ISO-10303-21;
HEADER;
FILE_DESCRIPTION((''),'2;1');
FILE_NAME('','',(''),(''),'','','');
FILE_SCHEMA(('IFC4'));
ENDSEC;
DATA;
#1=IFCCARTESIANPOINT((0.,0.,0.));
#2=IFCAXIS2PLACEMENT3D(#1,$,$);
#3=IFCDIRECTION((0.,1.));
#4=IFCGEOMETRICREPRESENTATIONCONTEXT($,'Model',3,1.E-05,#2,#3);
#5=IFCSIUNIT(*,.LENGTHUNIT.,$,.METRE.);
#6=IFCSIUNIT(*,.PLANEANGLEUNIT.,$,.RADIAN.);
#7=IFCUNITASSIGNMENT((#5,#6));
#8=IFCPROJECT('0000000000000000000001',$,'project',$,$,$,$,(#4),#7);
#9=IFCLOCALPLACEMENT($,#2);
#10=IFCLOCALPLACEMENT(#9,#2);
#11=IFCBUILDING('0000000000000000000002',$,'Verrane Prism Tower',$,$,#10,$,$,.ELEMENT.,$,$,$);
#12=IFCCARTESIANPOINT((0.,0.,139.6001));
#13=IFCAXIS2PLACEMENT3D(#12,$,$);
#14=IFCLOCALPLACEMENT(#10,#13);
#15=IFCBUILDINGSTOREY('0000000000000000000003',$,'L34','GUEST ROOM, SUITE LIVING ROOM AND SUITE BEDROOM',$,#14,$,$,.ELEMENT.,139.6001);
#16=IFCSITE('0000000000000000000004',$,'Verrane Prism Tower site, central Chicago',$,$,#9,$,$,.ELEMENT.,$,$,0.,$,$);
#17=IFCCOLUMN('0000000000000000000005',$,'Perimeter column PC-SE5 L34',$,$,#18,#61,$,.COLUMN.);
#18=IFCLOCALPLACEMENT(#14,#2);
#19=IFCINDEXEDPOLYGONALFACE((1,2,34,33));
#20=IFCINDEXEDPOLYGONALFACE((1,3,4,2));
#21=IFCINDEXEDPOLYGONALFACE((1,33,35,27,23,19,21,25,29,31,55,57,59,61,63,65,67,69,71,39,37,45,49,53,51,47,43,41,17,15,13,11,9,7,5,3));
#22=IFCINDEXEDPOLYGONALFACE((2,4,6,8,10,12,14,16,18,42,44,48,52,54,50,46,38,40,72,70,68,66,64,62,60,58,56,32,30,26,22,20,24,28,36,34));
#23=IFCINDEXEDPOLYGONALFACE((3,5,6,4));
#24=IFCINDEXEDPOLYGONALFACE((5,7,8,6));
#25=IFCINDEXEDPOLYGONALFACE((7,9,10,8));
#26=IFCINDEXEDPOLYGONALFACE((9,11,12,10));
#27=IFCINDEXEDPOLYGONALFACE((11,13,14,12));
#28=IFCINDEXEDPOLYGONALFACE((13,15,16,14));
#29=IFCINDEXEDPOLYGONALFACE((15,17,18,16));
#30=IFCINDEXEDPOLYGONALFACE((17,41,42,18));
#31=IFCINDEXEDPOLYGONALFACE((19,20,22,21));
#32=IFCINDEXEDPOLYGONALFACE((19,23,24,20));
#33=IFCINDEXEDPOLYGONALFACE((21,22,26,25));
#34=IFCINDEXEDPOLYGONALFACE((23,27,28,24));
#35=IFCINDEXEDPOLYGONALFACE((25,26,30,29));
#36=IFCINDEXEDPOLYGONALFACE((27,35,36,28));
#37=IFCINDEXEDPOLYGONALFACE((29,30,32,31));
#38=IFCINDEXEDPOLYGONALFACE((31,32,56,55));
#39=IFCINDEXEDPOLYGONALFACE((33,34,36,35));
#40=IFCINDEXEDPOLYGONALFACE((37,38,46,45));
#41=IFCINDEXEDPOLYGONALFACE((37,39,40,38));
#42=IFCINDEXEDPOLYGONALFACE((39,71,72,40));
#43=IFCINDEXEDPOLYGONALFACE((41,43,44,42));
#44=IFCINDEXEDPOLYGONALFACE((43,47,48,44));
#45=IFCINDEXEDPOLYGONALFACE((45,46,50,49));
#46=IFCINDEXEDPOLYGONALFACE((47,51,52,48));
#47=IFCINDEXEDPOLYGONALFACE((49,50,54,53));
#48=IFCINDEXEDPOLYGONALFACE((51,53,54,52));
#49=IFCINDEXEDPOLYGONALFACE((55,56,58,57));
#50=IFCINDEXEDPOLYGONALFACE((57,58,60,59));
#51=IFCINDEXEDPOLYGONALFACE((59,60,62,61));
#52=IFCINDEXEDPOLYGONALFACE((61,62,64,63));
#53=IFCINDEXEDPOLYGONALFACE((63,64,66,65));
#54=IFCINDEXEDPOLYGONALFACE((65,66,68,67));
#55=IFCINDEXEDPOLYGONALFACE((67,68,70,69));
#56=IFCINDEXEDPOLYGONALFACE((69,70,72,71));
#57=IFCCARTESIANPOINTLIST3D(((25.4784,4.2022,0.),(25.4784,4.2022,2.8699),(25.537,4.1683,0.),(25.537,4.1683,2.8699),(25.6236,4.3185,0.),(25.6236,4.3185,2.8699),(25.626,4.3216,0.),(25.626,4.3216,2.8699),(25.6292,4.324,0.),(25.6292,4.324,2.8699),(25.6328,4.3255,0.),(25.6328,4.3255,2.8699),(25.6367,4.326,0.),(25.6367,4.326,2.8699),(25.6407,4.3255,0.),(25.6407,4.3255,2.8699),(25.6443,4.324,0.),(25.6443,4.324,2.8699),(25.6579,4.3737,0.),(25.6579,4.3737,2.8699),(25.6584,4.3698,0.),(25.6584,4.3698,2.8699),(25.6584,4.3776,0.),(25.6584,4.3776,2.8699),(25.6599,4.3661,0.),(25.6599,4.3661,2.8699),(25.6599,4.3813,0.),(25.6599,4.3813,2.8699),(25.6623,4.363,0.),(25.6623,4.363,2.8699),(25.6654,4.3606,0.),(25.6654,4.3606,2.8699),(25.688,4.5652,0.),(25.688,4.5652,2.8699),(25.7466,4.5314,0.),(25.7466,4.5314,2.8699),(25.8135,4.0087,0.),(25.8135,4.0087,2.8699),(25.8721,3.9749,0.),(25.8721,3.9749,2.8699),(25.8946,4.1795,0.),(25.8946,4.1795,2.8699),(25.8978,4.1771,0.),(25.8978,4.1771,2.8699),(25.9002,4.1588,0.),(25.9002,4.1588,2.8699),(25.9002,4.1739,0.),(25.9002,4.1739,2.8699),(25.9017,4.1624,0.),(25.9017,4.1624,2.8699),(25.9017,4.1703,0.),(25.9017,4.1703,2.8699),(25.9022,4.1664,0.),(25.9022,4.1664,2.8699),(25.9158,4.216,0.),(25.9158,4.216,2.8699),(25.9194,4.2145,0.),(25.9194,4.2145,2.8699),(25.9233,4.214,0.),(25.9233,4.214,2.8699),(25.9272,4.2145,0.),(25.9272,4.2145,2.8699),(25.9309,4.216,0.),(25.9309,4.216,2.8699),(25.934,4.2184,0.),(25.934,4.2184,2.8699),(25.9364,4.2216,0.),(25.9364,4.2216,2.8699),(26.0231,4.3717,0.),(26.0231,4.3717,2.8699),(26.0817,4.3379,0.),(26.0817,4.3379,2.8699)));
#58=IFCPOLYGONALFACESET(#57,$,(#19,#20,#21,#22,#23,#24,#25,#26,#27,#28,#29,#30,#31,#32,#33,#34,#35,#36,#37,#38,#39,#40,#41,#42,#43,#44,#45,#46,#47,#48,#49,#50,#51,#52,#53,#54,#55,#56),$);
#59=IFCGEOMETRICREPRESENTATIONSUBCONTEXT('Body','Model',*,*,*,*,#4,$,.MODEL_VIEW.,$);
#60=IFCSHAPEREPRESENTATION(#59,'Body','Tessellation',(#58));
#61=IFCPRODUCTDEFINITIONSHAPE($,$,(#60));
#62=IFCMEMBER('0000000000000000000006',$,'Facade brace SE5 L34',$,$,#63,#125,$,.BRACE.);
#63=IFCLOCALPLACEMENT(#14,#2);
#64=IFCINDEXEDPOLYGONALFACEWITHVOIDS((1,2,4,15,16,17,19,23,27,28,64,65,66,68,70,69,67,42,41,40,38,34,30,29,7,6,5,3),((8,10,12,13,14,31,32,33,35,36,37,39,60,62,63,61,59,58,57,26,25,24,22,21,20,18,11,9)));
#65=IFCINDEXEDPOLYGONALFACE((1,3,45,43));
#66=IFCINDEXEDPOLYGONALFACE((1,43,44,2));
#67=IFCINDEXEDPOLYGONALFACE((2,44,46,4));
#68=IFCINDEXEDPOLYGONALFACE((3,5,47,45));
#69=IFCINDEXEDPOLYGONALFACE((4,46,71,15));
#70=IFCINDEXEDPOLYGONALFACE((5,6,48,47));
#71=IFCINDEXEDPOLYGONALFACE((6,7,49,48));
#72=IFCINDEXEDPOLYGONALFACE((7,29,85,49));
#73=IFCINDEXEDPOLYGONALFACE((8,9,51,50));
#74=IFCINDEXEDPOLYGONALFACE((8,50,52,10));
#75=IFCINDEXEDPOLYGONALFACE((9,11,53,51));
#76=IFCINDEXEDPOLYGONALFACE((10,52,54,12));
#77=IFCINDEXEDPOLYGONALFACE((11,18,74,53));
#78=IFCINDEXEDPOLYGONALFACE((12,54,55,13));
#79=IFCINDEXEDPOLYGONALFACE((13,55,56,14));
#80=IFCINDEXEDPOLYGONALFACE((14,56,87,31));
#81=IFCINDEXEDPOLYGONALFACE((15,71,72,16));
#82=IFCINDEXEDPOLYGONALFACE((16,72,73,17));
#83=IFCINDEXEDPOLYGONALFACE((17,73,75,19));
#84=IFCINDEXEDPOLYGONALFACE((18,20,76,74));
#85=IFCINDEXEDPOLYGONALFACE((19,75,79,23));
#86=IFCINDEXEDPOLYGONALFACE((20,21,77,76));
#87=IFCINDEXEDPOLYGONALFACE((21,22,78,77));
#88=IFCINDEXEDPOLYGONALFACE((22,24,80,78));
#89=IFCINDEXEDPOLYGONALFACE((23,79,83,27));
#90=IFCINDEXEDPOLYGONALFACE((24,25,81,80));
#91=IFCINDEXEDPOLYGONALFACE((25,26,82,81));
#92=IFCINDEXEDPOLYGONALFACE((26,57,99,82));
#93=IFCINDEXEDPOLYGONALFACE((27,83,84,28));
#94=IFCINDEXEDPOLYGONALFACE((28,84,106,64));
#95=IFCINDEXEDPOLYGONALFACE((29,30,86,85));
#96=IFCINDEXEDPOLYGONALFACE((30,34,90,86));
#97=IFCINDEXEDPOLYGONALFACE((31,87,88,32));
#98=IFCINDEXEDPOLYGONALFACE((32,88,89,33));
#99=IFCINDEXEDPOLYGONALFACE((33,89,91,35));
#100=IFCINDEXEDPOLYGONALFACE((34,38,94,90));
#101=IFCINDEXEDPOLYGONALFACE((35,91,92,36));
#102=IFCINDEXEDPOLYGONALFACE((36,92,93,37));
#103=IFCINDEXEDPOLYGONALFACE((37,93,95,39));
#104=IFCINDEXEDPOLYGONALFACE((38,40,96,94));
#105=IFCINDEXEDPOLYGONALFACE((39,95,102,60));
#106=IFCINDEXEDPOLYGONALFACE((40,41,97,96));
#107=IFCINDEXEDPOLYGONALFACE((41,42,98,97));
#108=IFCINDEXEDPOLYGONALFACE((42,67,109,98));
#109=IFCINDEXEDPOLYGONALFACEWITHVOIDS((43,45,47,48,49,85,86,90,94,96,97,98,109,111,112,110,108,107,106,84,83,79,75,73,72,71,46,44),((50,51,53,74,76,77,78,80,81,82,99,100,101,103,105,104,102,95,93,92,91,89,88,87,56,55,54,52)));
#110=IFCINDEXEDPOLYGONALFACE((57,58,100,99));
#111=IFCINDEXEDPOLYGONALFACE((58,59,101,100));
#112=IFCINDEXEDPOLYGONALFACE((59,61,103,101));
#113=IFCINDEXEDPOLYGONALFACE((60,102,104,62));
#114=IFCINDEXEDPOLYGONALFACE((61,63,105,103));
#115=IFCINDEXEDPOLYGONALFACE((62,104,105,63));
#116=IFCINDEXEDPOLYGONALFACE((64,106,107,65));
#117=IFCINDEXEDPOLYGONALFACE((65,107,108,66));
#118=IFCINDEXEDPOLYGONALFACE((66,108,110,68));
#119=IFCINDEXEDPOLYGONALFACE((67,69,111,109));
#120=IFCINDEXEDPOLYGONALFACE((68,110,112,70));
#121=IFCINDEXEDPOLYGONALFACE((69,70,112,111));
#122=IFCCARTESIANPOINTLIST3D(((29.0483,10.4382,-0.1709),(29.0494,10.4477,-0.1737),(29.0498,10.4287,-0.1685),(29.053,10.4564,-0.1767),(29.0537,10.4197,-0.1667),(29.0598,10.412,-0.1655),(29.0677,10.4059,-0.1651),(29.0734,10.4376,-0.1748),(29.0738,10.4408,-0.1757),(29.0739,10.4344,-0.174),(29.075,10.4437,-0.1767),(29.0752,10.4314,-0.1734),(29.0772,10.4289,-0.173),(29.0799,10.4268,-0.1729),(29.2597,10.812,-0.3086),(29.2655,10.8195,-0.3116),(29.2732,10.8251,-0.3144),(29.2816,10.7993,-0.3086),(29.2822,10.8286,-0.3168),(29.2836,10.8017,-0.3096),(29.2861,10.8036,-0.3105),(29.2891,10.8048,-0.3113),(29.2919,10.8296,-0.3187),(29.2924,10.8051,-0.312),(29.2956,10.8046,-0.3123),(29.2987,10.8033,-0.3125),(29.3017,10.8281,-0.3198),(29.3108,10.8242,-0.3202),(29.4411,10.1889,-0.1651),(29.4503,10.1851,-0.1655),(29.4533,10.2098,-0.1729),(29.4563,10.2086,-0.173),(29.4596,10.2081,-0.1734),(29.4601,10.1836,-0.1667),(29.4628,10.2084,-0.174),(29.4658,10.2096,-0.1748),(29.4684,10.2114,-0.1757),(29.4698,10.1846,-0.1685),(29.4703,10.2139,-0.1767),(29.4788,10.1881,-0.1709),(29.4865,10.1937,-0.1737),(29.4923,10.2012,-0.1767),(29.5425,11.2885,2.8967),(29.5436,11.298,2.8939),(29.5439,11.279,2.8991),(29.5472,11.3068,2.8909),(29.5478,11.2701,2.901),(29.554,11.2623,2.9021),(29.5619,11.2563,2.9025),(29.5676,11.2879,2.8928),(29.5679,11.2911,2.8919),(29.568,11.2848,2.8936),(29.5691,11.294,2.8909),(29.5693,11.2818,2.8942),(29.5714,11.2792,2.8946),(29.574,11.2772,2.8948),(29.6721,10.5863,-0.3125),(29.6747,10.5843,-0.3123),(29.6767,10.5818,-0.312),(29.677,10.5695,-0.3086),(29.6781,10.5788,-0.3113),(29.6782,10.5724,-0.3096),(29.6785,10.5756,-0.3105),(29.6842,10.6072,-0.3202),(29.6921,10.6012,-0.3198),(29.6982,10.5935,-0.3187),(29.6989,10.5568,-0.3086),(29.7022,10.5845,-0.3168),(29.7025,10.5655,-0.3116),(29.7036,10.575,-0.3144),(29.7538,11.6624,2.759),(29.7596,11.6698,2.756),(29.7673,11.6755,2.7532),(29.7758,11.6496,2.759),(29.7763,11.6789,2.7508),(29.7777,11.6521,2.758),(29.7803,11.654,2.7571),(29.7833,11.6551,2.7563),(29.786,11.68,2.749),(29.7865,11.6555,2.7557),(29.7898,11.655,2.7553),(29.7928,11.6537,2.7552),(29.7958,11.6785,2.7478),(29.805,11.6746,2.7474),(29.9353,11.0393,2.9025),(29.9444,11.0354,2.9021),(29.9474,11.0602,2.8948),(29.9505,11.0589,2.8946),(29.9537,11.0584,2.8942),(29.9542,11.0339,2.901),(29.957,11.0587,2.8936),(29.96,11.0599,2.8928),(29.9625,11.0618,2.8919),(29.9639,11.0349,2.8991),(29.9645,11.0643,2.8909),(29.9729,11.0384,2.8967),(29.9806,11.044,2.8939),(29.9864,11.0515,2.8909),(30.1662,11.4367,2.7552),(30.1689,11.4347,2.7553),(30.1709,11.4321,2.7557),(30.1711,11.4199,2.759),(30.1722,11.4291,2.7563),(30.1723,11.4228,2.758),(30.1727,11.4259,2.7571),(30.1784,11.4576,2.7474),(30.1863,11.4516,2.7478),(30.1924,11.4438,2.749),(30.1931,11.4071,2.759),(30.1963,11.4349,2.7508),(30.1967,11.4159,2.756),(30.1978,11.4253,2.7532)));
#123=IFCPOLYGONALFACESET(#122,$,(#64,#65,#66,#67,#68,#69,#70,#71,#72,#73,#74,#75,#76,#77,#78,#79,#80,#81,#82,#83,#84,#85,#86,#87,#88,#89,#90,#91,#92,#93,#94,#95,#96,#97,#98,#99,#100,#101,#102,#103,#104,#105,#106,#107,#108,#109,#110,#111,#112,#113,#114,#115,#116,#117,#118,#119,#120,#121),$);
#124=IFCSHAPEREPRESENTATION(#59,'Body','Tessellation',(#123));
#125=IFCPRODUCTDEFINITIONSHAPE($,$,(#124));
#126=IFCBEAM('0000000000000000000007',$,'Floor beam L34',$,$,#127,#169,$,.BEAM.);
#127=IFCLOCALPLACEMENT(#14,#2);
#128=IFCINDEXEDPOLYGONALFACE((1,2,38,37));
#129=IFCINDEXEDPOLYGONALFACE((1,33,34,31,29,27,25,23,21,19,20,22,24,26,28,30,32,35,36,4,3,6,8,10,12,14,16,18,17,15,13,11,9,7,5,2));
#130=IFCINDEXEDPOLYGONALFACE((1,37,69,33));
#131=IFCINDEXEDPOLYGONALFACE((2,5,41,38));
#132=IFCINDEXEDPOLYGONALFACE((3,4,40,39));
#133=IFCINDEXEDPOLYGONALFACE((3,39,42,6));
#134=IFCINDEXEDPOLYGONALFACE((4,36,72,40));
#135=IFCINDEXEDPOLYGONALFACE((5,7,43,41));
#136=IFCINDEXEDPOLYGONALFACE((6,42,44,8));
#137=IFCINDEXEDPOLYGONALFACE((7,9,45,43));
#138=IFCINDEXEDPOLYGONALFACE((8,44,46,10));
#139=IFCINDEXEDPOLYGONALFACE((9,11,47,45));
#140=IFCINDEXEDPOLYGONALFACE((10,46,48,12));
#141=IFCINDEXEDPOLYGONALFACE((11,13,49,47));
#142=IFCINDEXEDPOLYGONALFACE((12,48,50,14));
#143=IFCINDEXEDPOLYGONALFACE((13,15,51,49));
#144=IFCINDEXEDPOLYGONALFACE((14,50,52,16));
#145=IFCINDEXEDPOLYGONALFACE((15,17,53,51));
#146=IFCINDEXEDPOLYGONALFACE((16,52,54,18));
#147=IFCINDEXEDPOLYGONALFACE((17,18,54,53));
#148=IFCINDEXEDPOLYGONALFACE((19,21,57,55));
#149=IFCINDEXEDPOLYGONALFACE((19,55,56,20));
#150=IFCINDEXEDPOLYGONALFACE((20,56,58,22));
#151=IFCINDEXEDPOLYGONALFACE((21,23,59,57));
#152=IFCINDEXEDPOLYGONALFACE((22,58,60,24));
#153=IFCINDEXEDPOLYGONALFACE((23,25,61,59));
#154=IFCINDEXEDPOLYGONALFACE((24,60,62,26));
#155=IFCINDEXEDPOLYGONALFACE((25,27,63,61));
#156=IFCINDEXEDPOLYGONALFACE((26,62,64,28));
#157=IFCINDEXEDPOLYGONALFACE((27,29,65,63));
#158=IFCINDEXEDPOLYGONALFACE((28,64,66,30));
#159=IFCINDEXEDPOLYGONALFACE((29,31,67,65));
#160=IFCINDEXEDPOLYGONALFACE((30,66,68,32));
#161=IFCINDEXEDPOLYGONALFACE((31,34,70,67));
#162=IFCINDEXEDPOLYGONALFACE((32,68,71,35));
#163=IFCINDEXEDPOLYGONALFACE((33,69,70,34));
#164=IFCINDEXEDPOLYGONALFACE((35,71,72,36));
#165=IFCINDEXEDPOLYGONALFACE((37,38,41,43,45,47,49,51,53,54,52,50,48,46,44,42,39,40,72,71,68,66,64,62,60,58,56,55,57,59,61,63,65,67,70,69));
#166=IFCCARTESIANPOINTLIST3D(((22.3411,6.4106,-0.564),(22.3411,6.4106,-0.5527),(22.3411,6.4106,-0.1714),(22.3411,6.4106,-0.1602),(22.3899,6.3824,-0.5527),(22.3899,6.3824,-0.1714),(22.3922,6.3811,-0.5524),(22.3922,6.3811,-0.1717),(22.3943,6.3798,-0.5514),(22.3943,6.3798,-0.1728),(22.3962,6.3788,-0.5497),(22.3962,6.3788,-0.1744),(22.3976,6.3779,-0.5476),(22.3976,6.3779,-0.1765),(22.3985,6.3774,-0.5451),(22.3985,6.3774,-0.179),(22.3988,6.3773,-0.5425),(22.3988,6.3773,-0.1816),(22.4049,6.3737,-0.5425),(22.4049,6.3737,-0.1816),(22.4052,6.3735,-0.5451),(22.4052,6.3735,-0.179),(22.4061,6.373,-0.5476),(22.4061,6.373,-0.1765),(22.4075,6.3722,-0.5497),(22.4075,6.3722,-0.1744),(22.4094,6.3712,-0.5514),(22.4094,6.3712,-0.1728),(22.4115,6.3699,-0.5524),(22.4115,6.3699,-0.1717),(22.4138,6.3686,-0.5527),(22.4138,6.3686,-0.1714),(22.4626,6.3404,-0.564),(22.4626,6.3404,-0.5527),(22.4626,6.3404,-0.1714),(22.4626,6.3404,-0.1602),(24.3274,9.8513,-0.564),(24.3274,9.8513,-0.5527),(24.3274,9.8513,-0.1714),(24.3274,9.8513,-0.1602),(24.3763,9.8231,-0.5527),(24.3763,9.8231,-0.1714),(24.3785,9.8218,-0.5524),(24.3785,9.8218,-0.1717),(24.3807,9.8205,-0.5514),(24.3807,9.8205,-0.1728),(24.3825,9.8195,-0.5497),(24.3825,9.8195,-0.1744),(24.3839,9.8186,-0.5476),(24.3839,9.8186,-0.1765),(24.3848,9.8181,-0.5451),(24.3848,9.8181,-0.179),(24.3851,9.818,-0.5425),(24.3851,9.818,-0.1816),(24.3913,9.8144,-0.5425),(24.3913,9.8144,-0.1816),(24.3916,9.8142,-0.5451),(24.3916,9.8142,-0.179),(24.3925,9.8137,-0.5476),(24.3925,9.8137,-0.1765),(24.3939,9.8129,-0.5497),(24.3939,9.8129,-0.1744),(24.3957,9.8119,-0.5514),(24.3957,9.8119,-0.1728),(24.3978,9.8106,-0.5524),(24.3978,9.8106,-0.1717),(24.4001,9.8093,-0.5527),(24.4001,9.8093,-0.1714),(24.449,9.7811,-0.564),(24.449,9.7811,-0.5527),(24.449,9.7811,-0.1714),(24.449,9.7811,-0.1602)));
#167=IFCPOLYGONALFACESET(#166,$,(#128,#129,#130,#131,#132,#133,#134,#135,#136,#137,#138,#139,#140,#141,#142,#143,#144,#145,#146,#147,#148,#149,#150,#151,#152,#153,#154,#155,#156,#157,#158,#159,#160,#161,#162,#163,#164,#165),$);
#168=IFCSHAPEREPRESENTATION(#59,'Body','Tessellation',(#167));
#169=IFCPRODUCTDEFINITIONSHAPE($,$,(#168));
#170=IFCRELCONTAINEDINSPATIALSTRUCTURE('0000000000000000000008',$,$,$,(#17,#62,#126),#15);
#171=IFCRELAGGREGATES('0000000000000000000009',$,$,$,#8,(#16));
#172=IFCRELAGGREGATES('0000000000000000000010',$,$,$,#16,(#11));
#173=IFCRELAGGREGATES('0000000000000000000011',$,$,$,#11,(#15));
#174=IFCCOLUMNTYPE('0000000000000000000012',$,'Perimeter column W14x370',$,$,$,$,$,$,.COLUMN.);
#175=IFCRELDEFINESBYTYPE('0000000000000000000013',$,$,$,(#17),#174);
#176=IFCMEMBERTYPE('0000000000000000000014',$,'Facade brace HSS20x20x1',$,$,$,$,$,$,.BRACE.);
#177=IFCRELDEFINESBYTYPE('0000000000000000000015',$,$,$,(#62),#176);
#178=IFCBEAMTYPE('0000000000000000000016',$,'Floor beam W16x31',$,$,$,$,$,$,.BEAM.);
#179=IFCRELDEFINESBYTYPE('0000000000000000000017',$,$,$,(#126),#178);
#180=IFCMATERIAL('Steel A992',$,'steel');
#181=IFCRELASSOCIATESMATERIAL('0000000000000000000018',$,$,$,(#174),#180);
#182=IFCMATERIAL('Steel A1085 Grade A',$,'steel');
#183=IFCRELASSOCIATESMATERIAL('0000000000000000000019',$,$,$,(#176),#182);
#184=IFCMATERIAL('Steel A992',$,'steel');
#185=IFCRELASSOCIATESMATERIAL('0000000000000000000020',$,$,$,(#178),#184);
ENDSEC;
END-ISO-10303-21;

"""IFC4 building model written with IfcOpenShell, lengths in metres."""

from ifc_helpers import new_model, si_unit, direction, frame, origin, origin_2d, place, context, subcontext, project, spatial, hollow_rectangle, i_section, extrude, material, material_profile, profile_set, type_object, element, save


model = new_model("IFC4")

# Units and contexts
model_context = context("Model", 3, precision=1e-05, world=origin(), true_north=direction((0.0, 1.0)))
body_context = subcontext(model_context, "Body", "Model", "MODEL_VIEW")
ifc_project = project(units=[si_unit("LENGTHUNIT", "METRE"), si_unit("PLANEANGLEUNIT", "RADIAN")], contexts=[model_context])

# Site, building, storey
site_placement = place(None, origin())
site = spatial("IfcSite", under=ifc_project, at=site_placement, Name="Verrane Prism Tower site, central Chicago", CompositionType="ELEMENT", RefElevation=0.0)
building_placement = place(site_placement, origin())
building = spatial("IfcBuilding", under=site, at=building_placement, Name="Verrane Prism Tower", CompositionType="ELEMENT")
storey_placement = place(building_placement, frame((0.0, 0.0, 139.6001)))
storey = spatial("IfcBuildingStorey", under=building, at=storey_placement, Name="L34", Description="GUEST ROOM, SUITE LIVING ROOM AND SUITE BEDROOM", CompositionType="ELEMENT", Elevation=139.6001)

# Column
ifc_material_1 = material(Name="Steel A992", Category="steel")
ifc_material_profile_1 = material_profile(ifc_material_1, i_section(OverallWidth=0.4192, OverallDepth=0.4546, WebThickness=0.0422, FlangeThickness=0.0676, FilletRadius=0.0151, at=origin_2d()), Name="W14x370")
ifc_profile_set_1 = profile_set([ifc_material_profile_1], Name="Steel A992")
column_type = type_object("IfcColumnType", Name="Perimeter column W14x370", PredefinedType="COLUMN", material=ifc_profile_set_1)
column_placement = place(storey_placement, frame((25.78, 4.27, 0.0), z_axis=(0.0, 0.0, 1.0), x_axis=(-0.5, -0.866025, 0.0)))
element("IfcColumn", 1, at=column_placement, inside=storey, type_object=column_type, Name="Perimeter column PC-SE5 L34", PredefinedType="COLUMN", context=body_context, shape_type="SweptSolid", body=[
    extrude(i_section(OverallWidth=0.4192, OverallDepth=0.4546, WebThickness=0.0422, FlangeThickness=0.0676, FilletRadius=0.0151, at=origin_2d()), origin(), (0.0, 0.0, 1.0), 2.8699),
])

# Member
ifc_material_2 = material(Name="Steel A1085 Grade A", Category="steel")
ifc_material_profile_2 = material_profile(ifc_material_2, hollow_rectangle(XDim=0.5081, YDim=0.5081, WallThickness=0.0254, InnerFilletRadius=0.0127, OuterFilletRadius=0.0381, at=origin_2d()), Name="HSS20x20x1")
ifc_profile_set_2 = profile_set([ifc_material_profile_2], Name="Steel A1085 Grade A")
member_type_1 = type_object("IfcMemberType", Name="Facade brace HSS20x20x1", PredefinedType="BRACE", material=ifc_profile_set_2)
member_1_placement = place(storey_placement, frame((29.376, 10.5066, -0.2427), z_axis=(0.153392, 0.263964, 0.952257), x_axis=(-0.864615, 0.502435, 0.0)))
element("IfcMember", 2, at=member_1_placement, inside=storey, type_object=member_type_1, Name="Facade brace SE5 L34", PredefinedType="BRACE", context=body_context, shape_type="SweptSolid", body=[
    extrude(hollow_rectangle(XDim=0.5081, YDim=0.5081, WallThickness=0.0254, InnerFilletRadius=0.0127, OuterFilletRadius=0.0381, at=origin_2d()), origin(), (0.0, 0.0, 1.0), 3.2214),
])

# Beam
ifc_material_3 = material(Name="Steel A992", Category="steel")
ifc_material_profile_3 = material_profile(ifc_material_3, i_section(OverallWidth=0.1404, OverallDepth=0.4038, WebThickness=0.0071, FlangeThickness=0.0112, FilletRadius=0.0103, at=origin_2d()), Name="W16x31")
ifc_profile_set_3 = profile_set([ifc_material_profile_3], Name="Steel A992")
beam_type_1 = type_object("IfcBeamType", Name="Floor beam W16x31", PredefinedType="BEAM", material=ifc_profile_set_3)
beam_1_placement = place(storey_placement, frame((22.4019, 6.3755, -0.3621), z_axis=(0.499972, 0.866041, 0.0), x_axis=(-0.866041, 0.499972, 0.0)))
element("IfcBeam", 3, at=beam_1_placement, inside=storey, type_object=beam_type_1, Name="Floor beam L34", PredefinedType="BEAM", context=body_context, shape_type="SweptSolid", body=[
    extrude(i_section(OverallWidth=0.1404, OverallDepth=0.4038, WebThickness=0.0071, FlangeThickness=0.0112, FilletRadius=0.0103, at=origin_2d()), origin(), (0.0, 0.0, 1.0), 3.9729),
])

save(model, "model.ifc")
